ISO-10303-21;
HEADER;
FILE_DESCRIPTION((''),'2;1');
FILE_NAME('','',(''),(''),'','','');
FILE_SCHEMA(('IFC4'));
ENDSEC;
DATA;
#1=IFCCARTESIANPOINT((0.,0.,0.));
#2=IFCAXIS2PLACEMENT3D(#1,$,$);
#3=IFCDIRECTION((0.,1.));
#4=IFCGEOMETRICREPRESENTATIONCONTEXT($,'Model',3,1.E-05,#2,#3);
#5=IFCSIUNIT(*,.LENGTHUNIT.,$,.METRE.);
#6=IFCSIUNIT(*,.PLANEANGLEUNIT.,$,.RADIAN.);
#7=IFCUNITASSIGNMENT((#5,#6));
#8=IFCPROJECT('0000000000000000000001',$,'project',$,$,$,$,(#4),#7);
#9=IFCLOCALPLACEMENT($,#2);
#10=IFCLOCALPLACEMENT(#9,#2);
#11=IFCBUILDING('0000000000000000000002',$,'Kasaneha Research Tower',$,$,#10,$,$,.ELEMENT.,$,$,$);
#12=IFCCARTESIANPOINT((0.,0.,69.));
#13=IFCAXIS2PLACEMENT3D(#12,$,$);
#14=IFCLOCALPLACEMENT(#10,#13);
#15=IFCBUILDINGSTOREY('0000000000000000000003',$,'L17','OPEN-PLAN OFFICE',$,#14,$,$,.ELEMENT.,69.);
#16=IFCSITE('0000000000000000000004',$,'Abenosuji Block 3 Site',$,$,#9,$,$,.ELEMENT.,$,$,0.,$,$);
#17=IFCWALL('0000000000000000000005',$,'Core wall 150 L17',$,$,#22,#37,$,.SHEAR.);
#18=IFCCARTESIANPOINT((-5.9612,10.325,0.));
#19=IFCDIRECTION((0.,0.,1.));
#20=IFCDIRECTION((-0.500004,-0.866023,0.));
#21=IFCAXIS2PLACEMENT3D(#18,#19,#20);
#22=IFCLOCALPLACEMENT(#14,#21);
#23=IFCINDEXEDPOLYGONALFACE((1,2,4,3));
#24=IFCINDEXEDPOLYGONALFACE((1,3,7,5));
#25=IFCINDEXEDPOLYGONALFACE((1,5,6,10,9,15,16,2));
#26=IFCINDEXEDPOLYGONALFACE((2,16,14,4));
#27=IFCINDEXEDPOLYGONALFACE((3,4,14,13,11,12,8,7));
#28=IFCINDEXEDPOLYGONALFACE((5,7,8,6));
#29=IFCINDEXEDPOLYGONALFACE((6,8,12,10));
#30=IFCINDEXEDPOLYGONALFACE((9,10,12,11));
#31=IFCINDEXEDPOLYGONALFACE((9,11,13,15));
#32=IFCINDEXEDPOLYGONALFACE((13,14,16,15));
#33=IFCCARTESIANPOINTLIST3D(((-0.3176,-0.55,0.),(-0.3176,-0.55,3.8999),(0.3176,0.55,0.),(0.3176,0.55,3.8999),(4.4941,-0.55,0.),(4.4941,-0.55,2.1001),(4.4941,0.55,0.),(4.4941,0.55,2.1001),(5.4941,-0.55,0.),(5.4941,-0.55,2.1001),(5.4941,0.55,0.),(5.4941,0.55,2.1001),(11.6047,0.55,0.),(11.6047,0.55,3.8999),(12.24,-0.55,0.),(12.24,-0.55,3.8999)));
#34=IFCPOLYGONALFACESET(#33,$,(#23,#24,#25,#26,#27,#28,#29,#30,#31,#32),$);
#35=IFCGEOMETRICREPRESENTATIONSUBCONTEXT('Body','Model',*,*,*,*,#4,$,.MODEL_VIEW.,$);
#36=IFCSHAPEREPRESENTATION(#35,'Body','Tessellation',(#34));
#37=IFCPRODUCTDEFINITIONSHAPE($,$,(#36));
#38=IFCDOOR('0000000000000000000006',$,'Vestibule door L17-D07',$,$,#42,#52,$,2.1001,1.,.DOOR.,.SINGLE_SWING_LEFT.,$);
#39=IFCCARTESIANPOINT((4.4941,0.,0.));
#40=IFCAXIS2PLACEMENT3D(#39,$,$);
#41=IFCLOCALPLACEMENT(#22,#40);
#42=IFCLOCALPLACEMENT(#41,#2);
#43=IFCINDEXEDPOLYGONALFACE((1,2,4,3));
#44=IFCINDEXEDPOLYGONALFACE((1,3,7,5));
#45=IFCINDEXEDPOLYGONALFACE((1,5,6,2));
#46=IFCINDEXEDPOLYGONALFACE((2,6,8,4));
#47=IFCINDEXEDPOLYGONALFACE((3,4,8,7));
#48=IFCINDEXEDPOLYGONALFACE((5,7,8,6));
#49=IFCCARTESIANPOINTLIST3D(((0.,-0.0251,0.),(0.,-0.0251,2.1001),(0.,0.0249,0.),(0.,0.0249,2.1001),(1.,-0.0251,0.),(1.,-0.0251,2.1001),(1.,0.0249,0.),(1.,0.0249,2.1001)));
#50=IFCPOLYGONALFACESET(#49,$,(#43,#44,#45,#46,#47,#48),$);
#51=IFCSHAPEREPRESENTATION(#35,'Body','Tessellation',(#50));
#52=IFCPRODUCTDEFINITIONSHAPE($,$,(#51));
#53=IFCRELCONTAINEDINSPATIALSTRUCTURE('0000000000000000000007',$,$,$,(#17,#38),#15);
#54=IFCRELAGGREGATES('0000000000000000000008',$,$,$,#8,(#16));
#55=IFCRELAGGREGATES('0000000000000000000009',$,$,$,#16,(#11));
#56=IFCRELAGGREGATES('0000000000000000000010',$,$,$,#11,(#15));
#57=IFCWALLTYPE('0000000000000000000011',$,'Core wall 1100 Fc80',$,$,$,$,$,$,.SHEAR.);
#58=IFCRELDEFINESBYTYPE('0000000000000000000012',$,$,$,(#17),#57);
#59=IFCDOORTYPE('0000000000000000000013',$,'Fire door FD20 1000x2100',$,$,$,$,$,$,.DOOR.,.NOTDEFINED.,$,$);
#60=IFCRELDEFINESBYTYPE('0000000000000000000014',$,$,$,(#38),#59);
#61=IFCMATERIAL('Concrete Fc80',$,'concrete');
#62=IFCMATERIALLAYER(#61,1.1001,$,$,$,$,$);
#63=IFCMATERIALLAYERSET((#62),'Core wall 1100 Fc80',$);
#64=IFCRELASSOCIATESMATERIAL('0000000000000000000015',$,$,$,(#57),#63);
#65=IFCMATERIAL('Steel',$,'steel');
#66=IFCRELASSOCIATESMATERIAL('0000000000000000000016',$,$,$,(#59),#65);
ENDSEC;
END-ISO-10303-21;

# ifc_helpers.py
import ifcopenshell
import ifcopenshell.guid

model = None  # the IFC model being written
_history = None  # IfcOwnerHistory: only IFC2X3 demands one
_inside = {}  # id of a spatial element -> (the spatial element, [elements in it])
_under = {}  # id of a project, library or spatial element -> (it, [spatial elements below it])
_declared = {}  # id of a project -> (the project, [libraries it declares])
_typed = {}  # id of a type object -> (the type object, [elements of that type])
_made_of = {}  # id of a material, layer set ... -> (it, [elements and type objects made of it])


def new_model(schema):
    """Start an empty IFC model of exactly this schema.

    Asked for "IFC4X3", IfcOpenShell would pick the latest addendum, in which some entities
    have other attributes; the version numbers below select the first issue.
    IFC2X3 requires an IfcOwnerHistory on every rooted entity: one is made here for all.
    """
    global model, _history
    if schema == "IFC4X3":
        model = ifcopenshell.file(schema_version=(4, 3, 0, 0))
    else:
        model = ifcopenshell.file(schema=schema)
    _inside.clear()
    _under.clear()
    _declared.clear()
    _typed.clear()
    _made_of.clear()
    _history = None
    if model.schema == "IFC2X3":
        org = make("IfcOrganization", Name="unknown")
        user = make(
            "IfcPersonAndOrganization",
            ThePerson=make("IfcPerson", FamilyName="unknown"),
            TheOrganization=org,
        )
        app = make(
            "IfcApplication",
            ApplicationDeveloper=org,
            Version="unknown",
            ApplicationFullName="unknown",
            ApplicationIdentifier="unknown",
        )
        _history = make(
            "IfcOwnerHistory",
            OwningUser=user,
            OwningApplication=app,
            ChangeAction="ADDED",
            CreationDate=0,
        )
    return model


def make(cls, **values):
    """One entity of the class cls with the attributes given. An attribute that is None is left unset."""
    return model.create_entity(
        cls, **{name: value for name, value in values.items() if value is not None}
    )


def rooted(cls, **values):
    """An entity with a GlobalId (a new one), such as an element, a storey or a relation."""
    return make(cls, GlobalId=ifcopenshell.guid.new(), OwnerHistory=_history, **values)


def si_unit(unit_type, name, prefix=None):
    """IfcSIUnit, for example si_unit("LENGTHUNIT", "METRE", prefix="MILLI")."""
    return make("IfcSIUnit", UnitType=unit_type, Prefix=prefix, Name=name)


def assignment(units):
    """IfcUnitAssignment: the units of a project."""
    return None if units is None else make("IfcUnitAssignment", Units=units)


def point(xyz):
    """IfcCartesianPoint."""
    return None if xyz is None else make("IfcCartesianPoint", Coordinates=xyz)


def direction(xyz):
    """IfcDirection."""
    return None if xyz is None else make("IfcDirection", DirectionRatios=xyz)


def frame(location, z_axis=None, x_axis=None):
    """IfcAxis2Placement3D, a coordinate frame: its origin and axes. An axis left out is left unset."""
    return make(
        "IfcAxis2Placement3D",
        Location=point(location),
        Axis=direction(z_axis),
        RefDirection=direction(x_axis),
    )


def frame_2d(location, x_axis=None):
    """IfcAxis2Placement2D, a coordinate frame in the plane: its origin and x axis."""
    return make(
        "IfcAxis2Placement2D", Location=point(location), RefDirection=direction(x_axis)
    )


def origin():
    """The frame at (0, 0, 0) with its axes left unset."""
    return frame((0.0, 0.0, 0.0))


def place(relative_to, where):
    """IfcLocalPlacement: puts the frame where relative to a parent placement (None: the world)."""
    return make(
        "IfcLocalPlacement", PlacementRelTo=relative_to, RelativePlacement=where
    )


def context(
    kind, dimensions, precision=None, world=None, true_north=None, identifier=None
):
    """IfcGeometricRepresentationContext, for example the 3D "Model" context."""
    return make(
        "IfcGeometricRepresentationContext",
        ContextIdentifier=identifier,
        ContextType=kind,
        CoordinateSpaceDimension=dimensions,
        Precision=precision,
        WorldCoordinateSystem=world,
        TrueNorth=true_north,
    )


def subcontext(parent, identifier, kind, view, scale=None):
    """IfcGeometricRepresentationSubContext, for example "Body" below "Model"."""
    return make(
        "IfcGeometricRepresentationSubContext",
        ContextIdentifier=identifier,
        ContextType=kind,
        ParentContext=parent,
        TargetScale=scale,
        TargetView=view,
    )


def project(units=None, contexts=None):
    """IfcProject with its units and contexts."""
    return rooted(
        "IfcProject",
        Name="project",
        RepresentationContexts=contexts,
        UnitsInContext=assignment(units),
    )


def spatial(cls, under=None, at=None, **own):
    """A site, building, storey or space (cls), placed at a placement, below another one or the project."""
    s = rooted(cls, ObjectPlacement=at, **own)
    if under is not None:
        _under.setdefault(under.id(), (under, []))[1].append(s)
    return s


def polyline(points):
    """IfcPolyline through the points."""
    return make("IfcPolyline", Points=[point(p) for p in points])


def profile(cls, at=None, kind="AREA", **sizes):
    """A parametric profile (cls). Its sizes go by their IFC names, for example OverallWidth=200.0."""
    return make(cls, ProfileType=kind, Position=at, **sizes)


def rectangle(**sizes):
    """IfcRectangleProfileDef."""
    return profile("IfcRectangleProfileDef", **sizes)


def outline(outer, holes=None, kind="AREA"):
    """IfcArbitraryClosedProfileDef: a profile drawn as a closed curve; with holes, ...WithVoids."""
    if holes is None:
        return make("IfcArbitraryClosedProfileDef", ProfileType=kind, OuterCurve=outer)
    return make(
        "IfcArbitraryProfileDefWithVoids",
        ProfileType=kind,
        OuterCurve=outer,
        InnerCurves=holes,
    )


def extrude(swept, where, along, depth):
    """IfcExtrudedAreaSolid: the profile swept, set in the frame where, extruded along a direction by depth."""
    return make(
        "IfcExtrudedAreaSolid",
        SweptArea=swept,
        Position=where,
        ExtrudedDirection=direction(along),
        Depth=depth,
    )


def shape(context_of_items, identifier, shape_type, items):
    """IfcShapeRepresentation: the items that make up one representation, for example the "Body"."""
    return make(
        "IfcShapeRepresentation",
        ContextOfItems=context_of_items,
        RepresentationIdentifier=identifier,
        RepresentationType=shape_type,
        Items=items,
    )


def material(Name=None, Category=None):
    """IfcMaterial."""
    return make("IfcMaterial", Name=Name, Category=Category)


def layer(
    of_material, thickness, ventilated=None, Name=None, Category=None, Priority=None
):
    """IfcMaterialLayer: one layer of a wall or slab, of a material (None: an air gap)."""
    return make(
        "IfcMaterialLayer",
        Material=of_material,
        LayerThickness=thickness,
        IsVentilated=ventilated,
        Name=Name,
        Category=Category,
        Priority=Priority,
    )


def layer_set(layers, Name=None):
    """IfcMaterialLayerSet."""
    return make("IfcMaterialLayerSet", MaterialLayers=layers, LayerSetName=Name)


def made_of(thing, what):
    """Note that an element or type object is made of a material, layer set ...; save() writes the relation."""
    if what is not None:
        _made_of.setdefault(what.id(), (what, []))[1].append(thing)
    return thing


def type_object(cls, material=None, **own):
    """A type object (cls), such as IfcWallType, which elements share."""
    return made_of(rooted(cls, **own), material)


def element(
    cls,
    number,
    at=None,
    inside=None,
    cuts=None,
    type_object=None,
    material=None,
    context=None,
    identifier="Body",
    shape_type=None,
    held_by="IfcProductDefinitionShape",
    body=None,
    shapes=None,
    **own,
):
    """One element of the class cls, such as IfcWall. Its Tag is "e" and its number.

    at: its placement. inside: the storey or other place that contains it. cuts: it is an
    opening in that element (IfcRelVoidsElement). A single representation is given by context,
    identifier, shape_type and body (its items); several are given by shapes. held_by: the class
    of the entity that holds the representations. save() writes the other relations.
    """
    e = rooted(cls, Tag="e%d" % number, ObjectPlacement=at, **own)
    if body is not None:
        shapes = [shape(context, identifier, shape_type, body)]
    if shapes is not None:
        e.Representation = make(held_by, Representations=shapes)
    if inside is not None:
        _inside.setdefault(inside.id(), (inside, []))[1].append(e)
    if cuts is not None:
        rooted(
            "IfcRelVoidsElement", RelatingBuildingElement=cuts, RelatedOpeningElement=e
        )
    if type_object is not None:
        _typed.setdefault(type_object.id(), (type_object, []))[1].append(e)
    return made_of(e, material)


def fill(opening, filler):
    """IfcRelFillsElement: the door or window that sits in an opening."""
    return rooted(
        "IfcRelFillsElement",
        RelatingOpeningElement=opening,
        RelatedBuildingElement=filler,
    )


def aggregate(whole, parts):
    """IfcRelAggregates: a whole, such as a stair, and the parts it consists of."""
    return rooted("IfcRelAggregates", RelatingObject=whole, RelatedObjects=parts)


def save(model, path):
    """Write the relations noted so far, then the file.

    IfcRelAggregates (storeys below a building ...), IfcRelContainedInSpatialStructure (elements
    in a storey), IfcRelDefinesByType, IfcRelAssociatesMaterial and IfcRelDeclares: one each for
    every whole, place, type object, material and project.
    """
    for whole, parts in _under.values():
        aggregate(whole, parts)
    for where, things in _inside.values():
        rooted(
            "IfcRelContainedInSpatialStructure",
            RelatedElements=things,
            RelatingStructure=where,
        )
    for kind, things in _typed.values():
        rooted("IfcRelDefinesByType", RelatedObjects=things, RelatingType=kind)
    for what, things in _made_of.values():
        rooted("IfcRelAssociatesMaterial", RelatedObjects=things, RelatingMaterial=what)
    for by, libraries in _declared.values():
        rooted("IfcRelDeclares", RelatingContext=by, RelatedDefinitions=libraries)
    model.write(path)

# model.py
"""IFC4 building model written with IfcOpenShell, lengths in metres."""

from ifc_helpers import new_model, si_unit, direction, frame, frame_2d, origin, place, context, subcontext, project, spatial, polyline, rectangle, outline, extrude, material, layer, layer_set, type_object, element, fill, save


model = new_model("IFC4")

# Units and contexts
model_context = context("Model", 3, precision=1e-05, world=origin(), true_north=direction((0.0, 1.0)))
body_context = subcontext(model_context, "Body", "Model", "MODEL_VIEW")
ifc_project = project(units=[si_unit("LENGTHUNIT", "METRE"), si_unit("PLANEANGLEUNIT", "RADIAN")], contexts=[model_context])

# Site, building, storey
site_placement = place(None, origin())
site = spatial("IfcSite", under=ifc_project, at=site_placement, Name="Abenosuji Block 3 Site", CompositionType="ELEMENT", RefElevation=0.0)
building_placement = place(site_placement, origin())
building = spatial("IfcBuilding", under=site, at=building_placement, Name="Kasaneha Research Tower", CompositionType="ELEMENT")
storey_placement = place(building_placement, frame((0.0, 0.0, 69.0)))
storey = spatial("IfcBuildingStorey", under=building, at=storey_placement, Name="L17", Description="OPEN-PLAN OFFICE", CompositionType="ELEMENT", Elevation=69.0)

# Wall, opening, door
ifc_material_1 = material(Name="Concrete Fc80", Category="concrete")
ifc_layer_1 = layer(ifc_material_1, 1.1001)
ifc_layer_set_1 = layer_set([ifc_layer_1], Name="Core wall 1100 Fc80")
wall_type_1 = type_object("IfcWallType", Name="Core wall 1100 Fc80", PredefinedType="SHEAR", material=ifc_layer_set_1)
wall_1_placement = place(storey_placement, frame((-5.9612, 10.325, 0.0), z_axis=(0.0, 0.0, 1.0), x_axis=(-0.500004, -0.866023, 0.0)))
wall_1 = element("IfcWall", 1, at=wall_1_placement, inside=storey, type_object=wall_type_1, Name="Core wall 150 L17", PredefinedType="SHEAR", context=body_context, shape_type="SweptSolid", body=[
    extrude(outline(polyline([(-0.3176, -0.55), (4.4941, -0.55), (5.4941, -0.55), (12.24, -0.55), (11.6047, 0.55), (5.4941, 0.55), (4.4941, 0.55), (0.3176, 0.55), (-0.3176, -0.55)])), origin(), (0.0, 0.0, 1.0), 3.8999),
])
opening_1_placement = place(wall_1_placement, frame((4.4941, 0.0, 0.0)))
opening_1 = element("IfcOpeningElement", 2, at=opening_1_placement, cuts=wall_1, PredefinedType="OPENING", context=body_context, shape_type="SweptSolid", body=[
    extrude(rectangle(XDim=1.0, YDim=2.1001, at=frame_2d((0.5, 1.05))), frame((0.0, 0.5601, 0.0), z_axis=(0.0, -1.0, 0.0), x_axis=(1.0, 0.0, 0.0)), (0.0, 0.0, 1.0), 1.1201),
])
ifc_material_2 = material(Name="Steel", Category="steel")
door_type_1 = type_object("IfcDoorType", Name="Fire door FD20 1000x2100", OperationType="NOTDEFINED", PredefinedType="DOOR", material=ifc_material_2)
door_1_placement = place(opening_1_placement, origin())
door_1 = element("IfcDoor", 3, at=door_1_placement, inside=storey, type_object=door_type_1, Name="Vestibule door L17-D07", OperationType="SINGLE_SWING_LEFT", OverallHeight=2.1001, OverallWidth=1.0, PredefinedType="DOOR", context=body_context, shape_type="SweptSolid", body=[
    extrude(rectangle(XDim=1.0, YDim=2.1001, at=frame_2d((0.5, 1.05))), frame((0.0, 0.0249, 0.0), z_axis=(0.0, -1.0, 0.0), x_axis=(1.0, 0.0, 0.0)), (0.0, 0.0, 1.0), 0.05),
])
fill(opening_1, door_1)

save(model, "model.ifc")
